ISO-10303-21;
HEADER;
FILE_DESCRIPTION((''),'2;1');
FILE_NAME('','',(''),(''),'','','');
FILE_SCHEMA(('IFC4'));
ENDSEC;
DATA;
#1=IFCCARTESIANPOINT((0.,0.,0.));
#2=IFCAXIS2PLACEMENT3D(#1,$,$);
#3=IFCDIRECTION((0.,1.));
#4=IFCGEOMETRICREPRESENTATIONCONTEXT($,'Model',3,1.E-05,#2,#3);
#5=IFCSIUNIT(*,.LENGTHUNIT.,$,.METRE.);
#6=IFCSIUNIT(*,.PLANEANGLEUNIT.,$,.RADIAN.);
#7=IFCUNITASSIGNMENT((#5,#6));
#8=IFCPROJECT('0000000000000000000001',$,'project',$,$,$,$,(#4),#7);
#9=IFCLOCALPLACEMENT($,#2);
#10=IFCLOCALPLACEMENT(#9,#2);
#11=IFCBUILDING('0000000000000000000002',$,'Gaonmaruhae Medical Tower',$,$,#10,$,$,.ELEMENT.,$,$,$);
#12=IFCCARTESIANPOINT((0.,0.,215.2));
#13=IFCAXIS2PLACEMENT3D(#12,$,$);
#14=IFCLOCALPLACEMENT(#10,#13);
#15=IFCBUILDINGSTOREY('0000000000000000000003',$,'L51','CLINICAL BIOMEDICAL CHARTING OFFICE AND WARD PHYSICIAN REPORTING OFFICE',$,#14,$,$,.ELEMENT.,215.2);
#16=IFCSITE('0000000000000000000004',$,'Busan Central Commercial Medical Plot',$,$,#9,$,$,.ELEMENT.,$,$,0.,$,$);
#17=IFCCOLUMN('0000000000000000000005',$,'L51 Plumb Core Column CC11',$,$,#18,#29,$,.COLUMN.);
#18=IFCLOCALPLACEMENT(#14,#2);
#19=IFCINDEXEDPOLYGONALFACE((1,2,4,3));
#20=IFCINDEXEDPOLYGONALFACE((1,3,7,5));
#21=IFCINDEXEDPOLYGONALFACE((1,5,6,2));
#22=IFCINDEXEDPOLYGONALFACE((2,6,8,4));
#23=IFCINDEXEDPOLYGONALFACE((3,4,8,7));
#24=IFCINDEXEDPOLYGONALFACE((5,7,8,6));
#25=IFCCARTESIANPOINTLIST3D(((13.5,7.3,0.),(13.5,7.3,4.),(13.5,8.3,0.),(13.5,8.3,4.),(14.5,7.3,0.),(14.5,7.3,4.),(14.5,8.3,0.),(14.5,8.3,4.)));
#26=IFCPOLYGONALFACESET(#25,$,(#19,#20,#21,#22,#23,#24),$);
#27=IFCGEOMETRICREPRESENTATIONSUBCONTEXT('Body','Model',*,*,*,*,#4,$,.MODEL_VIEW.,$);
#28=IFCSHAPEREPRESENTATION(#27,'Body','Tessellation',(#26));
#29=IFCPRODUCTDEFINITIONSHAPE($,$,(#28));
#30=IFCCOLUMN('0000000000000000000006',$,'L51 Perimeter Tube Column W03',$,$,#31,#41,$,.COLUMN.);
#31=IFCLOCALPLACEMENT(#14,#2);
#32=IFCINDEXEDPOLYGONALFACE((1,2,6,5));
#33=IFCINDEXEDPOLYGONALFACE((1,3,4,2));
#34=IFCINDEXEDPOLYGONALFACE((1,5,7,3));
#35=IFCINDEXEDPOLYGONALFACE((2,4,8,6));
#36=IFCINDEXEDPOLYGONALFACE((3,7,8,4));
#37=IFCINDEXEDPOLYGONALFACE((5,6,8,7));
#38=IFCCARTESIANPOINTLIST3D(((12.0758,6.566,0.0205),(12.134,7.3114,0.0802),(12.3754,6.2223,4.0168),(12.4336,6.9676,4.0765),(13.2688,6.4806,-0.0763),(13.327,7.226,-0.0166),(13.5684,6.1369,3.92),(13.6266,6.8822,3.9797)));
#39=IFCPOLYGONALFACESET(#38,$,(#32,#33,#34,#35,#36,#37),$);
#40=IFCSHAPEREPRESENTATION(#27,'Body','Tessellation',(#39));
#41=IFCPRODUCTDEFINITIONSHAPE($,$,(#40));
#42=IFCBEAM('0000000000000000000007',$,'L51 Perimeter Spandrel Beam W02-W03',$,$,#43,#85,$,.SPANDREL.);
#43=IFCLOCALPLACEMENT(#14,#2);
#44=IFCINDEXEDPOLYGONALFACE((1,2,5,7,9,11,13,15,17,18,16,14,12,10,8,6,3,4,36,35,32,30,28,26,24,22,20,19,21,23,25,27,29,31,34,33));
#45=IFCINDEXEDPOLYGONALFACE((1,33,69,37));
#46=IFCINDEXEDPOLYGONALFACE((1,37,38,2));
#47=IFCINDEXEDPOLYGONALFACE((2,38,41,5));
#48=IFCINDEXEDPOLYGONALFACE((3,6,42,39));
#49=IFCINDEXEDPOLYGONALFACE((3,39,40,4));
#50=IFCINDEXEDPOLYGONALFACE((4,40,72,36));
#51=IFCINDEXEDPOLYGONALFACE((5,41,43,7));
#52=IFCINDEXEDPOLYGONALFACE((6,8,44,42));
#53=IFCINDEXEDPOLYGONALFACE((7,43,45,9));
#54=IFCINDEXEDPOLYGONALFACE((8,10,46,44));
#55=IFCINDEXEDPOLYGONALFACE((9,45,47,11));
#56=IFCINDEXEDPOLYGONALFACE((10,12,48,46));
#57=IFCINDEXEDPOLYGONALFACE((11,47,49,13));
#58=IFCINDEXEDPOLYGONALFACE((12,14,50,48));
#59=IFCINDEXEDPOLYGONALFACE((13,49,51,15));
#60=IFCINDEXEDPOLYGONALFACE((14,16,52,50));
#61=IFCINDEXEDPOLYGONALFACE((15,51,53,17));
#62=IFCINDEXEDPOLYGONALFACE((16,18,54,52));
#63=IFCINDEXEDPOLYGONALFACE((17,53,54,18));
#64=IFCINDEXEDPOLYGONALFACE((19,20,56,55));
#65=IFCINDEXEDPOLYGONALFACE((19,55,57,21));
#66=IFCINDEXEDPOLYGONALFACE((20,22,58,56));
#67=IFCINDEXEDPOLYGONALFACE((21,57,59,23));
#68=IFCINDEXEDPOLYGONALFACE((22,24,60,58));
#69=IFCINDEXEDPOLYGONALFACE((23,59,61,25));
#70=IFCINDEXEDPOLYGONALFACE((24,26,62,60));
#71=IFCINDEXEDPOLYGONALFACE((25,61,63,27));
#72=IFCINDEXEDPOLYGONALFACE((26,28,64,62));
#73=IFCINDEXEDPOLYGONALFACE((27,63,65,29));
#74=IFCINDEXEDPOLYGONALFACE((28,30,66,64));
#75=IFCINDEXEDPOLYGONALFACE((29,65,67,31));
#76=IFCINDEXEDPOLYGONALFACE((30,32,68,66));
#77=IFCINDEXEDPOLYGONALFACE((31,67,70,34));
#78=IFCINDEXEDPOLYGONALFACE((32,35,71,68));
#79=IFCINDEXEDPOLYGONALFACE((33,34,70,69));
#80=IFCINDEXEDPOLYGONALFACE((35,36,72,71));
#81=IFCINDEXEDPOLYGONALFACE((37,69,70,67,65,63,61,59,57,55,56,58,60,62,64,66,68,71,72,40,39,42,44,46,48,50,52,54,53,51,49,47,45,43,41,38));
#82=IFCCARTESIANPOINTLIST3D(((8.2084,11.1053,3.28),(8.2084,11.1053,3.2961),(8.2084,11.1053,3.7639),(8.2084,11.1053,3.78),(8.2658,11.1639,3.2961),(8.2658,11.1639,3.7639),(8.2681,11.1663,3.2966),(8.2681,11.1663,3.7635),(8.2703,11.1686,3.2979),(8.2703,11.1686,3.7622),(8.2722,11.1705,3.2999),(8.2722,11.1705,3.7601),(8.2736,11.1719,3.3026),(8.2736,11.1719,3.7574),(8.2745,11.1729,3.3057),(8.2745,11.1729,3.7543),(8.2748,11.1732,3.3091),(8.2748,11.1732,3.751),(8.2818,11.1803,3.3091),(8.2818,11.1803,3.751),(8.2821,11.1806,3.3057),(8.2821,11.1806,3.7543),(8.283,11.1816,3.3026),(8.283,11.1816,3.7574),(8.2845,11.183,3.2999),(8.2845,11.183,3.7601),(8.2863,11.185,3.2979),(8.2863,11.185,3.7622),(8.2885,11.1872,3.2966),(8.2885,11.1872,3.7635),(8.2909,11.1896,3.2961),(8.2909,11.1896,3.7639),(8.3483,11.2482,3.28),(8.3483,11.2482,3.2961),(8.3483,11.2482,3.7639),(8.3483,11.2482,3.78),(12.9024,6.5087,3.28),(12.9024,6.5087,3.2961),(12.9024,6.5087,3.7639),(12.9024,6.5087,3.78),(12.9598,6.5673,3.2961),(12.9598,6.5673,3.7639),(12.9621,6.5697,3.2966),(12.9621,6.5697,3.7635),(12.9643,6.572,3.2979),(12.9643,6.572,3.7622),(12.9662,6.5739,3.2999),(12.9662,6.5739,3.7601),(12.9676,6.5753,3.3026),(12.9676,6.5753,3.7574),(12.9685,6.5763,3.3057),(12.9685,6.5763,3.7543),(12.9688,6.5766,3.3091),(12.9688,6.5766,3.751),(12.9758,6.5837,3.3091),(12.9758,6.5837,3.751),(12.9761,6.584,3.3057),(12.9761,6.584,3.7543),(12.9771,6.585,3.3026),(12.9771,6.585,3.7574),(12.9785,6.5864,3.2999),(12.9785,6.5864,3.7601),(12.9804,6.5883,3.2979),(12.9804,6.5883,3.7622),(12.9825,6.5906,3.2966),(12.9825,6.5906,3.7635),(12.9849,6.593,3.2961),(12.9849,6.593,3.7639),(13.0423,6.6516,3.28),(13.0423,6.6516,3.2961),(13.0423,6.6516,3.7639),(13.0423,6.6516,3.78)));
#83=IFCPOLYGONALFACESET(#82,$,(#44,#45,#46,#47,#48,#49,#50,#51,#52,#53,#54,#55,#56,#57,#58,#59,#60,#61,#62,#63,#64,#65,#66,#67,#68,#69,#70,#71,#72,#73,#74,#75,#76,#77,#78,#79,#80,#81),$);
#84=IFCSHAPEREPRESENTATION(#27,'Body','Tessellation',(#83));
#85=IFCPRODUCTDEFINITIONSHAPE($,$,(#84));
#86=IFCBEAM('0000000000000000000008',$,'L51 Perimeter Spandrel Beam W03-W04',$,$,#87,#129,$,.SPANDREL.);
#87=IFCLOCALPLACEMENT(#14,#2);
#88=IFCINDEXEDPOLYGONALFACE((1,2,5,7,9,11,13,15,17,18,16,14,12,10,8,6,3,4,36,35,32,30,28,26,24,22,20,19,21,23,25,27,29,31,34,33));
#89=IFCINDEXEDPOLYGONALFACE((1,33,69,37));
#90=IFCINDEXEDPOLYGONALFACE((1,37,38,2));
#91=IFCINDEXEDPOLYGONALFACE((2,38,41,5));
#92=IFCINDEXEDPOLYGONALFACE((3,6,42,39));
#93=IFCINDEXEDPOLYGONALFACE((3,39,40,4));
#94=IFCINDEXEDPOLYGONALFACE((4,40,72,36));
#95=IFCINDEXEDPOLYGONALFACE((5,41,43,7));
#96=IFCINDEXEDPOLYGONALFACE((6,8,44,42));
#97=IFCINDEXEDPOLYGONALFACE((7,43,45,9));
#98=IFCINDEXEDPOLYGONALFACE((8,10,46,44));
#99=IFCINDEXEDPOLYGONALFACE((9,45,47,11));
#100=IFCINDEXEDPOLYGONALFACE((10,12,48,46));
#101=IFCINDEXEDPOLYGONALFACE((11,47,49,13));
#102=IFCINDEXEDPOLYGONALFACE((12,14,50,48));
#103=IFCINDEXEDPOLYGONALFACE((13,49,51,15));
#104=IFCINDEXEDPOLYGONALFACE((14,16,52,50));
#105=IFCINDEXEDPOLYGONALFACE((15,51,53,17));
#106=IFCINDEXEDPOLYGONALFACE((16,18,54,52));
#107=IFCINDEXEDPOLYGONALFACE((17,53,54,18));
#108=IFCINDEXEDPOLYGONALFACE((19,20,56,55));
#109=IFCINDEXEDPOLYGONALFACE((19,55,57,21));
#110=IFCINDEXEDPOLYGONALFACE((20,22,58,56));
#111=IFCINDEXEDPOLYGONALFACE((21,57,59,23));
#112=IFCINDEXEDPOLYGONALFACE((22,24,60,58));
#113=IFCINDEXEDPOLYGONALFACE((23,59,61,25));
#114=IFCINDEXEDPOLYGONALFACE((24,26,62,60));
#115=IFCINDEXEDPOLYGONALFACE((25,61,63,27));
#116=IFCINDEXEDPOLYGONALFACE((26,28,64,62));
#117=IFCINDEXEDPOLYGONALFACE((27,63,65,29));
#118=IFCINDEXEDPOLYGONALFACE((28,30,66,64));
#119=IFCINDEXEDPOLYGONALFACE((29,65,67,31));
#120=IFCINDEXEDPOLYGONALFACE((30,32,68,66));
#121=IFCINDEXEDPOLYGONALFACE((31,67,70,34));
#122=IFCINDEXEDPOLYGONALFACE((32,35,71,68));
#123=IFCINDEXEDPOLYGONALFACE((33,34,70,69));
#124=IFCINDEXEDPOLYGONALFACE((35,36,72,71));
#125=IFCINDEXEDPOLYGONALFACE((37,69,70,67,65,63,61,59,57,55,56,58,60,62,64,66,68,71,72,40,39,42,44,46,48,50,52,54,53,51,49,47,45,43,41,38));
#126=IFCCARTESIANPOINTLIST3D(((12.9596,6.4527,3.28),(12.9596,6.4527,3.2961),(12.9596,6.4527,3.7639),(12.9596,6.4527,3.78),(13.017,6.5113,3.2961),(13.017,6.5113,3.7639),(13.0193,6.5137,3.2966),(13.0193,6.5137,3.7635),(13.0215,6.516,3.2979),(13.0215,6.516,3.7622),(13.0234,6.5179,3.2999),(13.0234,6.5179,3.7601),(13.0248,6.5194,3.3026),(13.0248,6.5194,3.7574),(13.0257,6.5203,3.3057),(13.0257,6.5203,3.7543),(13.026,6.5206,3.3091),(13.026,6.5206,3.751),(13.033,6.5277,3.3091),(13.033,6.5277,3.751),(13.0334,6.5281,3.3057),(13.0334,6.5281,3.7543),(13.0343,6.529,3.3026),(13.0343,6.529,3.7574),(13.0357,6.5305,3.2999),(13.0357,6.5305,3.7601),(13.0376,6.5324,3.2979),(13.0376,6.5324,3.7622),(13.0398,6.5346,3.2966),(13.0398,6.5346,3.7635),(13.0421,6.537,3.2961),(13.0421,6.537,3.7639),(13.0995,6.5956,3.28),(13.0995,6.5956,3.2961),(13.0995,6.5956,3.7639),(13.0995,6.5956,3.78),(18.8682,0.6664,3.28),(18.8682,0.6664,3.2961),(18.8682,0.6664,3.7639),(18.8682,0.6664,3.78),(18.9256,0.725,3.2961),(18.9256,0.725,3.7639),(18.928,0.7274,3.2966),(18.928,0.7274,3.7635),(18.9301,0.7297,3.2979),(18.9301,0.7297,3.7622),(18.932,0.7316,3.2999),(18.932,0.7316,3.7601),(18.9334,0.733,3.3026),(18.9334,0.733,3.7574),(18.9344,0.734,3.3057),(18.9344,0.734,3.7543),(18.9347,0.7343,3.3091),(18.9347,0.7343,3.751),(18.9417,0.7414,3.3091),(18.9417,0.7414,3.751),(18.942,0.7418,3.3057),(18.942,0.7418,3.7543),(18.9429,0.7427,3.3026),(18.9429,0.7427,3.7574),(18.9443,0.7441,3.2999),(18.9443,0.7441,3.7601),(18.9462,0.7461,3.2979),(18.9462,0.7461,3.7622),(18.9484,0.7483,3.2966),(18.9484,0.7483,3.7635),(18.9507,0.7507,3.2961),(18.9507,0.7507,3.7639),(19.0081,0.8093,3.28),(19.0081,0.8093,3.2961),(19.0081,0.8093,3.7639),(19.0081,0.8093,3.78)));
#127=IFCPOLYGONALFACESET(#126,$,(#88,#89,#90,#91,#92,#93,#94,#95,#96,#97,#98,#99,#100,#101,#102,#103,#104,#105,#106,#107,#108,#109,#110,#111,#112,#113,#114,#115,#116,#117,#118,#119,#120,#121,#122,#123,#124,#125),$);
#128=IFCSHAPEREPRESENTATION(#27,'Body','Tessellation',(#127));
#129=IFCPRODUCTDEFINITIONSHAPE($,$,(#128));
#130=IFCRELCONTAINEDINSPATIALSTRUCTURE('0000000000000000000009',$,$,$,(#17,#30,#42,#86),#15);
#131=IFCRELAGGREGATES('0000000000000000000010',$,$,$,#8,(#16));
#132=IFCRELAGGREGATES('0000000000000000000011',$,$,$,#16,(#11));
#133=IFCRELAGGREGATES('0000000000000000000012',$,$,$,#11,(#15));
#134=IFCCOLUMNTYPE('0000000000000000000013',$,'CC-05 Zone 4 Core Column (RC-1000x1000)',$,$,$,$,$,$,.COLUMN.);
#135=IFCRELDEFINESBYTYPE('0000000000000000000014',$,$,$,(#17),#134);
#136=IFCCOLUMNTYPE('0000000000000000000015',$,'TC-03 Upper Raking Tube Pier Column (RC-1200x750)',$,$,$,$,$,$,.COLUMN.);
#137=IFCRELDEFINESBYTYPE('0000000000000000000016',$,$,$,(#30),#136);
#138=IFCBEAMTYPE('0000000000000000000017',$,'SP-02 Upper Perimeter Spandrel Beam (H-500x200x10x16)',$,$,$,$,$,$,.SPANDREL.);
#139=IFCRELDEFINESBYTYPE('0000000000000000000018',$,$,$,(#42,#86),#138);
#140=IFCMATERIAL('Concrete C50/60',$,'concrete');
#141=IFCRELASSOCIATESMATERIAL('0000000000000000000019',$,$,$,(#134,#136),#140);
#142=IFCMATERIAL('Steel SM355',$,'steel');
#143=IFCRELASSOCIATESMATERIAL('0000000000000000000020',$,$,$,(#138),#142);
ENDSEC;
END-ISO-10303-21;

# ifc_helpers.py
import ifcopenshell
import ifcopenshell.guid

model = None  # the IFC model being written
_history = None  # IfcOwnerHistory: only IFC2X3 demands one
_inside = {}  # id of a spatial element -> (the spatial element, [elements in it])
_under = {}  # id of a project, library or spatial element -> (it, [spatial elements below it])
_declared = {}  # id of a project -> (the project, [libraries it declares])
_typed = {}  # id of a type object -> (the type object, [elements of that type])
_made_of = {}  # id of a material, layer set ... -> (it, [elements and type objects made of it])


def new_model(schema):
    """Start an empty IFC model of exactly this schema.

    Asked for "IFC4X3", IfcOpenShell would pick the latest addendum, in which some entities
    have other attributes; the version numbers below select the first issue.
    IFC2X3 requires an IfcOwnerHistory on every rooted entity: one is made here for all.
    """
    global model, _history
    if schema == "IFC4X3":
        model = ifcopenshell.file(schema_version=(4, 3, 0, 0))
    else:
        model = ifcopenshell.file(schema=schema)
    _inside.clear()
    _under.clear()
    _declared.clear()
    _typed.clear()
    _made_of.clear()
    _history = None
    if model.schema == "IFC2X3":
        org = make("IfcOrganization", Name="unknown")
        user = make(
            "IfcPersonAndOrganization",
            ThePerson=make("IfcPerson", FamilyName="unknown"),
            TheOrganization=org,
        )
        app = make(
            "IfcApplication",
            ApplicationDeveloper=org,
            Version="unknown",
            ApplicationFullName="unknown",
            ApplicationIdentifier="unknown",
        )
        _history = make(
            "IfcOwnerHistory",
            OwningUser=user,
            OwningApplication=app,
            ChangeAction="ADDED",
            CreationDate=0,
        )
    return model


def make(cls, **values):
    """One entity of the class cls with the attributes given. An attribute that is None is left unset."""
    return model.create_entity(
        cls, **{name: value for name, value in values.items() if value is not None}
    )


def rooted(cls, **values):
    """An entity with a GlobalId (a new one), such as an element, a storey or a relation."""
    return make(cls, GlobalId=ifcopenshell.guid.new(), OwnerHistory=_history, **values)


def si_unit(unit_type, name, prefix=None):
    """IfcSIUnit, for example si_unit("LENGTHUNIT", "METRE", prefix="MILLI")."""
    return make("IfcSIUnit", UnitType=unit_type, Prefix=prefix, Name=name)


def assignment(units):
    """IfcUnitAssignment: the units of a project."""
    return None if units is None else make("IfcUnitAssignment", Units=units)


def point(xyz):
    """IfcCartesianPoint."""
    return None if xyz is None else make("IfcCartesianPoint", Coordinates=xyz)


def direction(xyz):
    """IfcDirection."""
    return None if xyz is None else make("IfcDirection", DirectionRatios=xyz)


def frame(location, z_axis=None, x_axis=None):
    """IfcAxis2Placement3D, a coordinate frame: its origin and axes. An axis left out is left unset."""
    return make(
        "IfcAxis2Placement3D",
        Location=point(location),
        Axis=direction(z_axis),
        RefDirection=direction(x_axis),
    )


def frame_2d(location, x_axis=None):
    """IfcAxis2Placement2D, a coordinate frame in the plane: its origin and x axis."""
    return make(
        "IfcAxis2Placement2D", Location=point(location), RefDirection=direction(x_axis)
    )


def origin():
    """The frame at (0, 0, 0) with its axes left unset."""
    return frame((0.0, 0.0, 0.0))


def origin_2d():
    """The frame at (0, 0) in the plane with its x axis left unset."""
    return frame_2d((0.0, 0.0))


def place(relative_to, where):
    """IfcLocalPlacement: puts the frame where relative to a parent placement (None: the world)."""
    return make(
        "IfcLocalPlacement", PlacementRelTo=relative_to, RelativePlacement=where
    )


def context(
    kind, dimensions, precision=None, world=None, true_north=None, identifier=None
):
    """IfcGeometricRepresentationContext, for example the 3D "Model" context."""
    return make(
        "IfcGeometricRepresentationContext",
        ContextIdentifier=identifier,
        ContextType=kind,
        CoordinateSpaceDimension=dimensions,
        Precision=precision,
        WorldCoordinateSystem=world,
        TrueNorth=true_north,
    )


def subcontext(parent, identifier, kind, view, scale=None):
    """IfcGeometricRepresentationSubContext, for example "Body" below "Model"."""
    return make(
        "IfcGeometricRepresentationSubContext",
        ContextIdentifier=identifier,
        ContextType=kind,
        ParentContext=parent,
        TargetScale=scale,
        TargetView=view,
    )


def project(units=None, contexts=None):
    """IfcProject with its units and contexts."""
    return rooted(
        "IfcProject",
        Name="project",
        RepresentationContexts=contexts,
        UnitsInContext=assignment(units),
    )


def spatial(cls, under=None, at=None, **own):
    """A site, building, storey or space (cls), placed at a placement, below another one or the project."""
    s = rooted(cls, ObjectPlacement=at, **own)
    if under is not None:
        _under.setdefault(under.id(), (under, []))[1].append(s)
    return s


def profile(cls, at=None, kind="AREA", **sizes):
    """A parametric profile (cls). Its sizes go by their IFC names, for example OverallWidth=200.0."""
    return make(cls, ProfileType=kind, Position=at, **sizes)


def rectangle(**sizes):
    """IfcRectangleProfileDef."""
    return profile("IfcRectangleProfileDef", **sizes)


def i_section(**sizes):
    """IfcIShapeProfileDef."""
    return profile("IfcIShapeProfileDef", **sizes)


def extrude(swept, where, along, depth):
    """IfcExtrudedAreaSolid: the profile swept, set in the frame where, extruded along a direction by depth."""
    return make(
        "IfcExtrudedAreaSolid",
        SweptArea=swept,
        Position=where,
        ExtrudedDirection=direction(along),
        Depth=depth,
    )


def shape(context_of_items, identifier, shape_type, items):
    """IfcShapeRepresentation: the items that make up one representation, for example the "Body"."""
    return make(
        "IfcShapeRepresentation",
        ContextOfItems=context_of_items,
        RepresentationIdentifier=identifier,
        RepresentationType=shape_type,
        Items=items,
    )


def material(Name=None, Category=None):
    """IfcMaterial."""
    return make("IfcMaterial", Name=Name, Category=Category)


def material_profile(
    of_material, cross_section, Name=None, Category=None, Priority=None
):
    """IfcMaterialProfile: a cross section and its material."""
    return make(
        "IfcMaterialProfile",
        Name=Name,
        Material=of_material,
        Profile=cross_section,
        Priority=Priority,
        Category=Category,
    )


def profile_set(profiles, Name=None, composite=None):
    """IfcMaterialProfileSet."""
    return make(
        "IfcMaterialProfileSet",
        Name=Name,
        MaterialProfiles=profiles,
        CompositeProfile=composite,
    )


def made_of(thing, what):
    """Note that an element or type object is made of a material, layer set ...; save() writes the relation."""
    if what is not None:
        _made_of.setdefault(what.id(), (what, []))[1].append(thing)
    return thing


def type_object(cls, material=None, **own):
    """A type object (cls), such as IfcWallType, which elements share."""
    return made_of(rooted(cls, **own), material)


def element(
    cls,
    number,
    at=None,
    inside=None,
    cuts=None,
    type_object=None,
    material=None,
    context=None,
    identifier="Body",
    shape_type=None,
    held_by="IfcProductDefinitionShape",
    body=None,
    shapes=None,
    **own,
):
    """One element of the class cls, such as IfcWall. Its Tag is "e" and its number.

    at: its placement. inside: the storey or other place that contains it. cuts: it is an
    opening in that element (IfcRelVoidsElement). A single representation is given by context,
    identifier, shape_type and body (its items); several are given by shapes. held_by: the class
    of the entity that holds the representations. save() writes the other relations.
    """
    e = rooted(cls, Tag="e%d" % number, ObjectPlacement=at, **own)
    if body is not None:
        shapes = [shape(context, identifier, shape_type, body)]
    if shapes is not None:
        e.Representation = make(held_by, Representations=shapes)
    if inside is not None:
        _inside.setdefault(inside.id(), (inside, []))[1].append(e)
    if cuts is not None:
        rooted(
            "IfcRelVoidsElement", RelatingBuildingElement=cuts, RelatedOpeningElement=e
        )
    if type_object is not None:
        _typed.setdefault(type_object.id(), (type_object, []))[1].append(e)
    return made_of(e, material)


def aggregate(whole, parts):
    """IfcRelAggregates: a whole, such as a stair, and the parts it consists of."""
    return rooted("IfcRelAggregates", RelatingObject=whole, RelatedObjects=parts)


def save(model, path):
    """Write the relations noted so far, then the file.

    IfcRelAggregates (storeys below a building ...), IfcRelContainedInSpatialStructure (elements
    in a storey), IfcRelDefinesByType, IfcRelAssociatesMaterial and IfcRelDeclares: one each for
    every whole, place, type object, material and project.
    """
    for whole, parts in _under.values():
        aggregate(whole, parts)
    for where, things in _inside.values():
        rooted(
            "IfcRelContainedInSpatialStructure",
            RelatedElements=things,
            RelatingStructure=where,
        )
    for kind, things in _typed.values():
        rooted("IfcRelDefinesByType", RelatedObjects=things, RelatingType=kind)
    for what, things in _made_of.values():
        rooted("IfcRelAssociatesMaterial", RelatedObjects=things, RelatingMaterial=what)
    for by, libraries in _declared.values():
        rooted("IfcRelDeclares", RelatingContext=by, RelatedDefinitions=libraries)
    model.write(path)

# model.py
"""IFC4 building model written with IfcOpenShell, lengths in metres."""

from ifc_helpers import new_model, si_unit, direction, frame, origin, origin_2d, place, context, subcontext, project, spatial, rectangle, i_section, extrude, material, material_profile, profile_set, type_object, element, save


model = new_model("IFC4")

# Units and contexts
model_context = context("Model", 3, precision=1e-05, world=origin(), true_north=direction((0.0, 1.0)))
body_context = subcontext(model_context, "Body", "Model", "MODEL_VIEW")
ifc_project = project(units=[si_unit("LENGTHUNIT", "METRE"), si_unit("PLANEANGLEUNIT", "RADIAN")], contexts=[model_context])

# Site, building, storey
site_placement = place(None, origin())
site = spatial("IfcSite", under=ifc_project, at=site_placement, Name="Busan Central Commercial Medical Plot", CompositionType="ELEMENT", RefElevation=0.0)
building_placement = place(site_placement, origin())
building = spatial("IfcBuilding", under=site, at=building_placement, Name="Gaonmaruhae Medical Tower", CompositionType="ELEMENT")
storey_placement = place(building_placement, frame((0.0, 0.0, 215.2)))
storey = spatial("IfcBuildingStorey", under=building, at=storey_placement, Name="L51", Description="CLINICAL BIOMEDICAL CHARTING OFFICE AND WARD PHYSICIAN REPORTING OFFICE", CompositionType="ELEMENT", Elevation=215.2)

# Columns
ifc_material_1 = material(Name="Concrete C50/60", Category="concrete")
ifc_material_profile_1 = material_profile(ifc_material_1, rectangle(XDim=1.0, YDim=1.0, at=origin_2d()), Name="RC-1000x1000")
ifc_profile_set_1 = profile_set([ifc_material_profile_1], Name="Concrete C50/60")
column_type_1 = type_object("IfcColumnType", Name="CC-05 Zone 4 Core Column (RC-1000x1000)", PredefinedType="COLUMN", material=ifc_profile_set_1)
column_1_placement = place(storey_placement, frame((14.0, 7.8, 0.0), z_axis=(0.0, 0.0, 1.0), x_axis=(1.0, 0.0, 0.0)))
element("IfcColumn", 1, at=column_1_placement, inside=storey, type_object=column_type_1, Name="L51 Plumb Core Column CC11", PredefinedType="COLUMN", context=body_context, shape_type="SweptSolid", body=[
    extrude(rectangle(XDim=1.0, YDim=1.0, at=origin_2d()), origin(), (0.0, 0.0, 1.0), 4.0),
])
ifc_material_profile_2 = material_profile(ifc_material_1, rectangle(XDim=1.2, YDim=0.75, at=origin_2d()), Name="RC-1200x750")
ifc_profile_set_2 = profile_set([ifc_material_profile_2], Name="Concrete C50/60")
column_type_2 = type_object("IfcColumnType", Name="TC-03 Upper Raking Tube Pier Column (RC-1200x750)", PredefinedType="COLUMN", material=ifc_profile_set_2)
column_2_placement = place(storey_placement, frame((12.7014, 6.896, 0.002), z_axis=(0.074476, -0.085462, 0.993554), x_axis=(-0.994199, 0.071165, 0.080645)))
element("IfcColumn", 2, at=column_2_placement, inside=storey, type_object=column_type_2, Name="L51 Perimeter Tube Column W03", PredefinedType="COLUMN", context=body_context, shape_type="SweptSolid", body=[
    extrude(rectangle(XDim=1.2, YDim=0.75, at=origin_2d()), origin(), (0.0, 0.0, 1.0), 4.0222),
])

# Beams
ifc_material_2 = material(Name="Steel SM355", Category="steel")
ifc_material_profile_3 = material_profile(ifc_material_2, i_section(OverallWidth=0.2, OverallDepth=0.5, WebThickness=0.01, FlangeThickness=0.0161, FilletRadius=0.0129, at=origin_2d()), Name="H-500x200x10x16")
ifc_profile_set_3 = profile_set([ifc_material_profile_3], Name="Steel SM355")
beam_type = type_object("IfcBeamType", Name="SP-02 Upper Perimeter Spandrel Beam (H-500x200x10x16)", PredefinedType="SPANDREL", material=ifc_profile_set_3)
beam_1_placement = place(storey_placement, frame((8.2783, 11.1768, 3.53), z_axis=(0.714481, -0.699654, 0.0), x_axis=(0.699654, 0.714481, 0.0)))
element("IfcBeam", 3, at=beam_1_placement, inside=storey, type_object=beam_type, Name="L51 Perimeter Spandrel Beam W02-W03", PredefinedType="SPANDREL", context=body_context, shape_type="SweptSolid", body=[
    extrude(i_section(OverallWidth=0.2, OverallDepth=0.5, WebThickness=0.01, FlangeThickness=0.0161, FilletRadius=0.0129, at=origin_2d()), origin(), (0.0, 0.0, 1.0), 6.5698),
])
beam_2_placement = place(storey_placement, frame((13.0295, 6.5242, 3.53), z_axis=(0.714463, -0.699673, 0.0), x_axis=(0.699673, 0.714463, 0.0)))
element("IfcBeam", 4, at=beam_2_placement, inside=storey, type_object=beam_type, Name="L51 Perimeter Spandrel Beam W03-W04", PredefinedType="SPANDREL", context=body_context, shape_type="SweptSolid", body=[
    extrude(i_section(OverallWidth=0.2, OverallDepth=0.5, WebThickness=0.01, FlangeThickness=0.0161, FilletRadius=0.0129, at=origin_2d()), origin(), (0.0, 0.0, 1.0), 8.27),
])

save(model, "model.ifc")
